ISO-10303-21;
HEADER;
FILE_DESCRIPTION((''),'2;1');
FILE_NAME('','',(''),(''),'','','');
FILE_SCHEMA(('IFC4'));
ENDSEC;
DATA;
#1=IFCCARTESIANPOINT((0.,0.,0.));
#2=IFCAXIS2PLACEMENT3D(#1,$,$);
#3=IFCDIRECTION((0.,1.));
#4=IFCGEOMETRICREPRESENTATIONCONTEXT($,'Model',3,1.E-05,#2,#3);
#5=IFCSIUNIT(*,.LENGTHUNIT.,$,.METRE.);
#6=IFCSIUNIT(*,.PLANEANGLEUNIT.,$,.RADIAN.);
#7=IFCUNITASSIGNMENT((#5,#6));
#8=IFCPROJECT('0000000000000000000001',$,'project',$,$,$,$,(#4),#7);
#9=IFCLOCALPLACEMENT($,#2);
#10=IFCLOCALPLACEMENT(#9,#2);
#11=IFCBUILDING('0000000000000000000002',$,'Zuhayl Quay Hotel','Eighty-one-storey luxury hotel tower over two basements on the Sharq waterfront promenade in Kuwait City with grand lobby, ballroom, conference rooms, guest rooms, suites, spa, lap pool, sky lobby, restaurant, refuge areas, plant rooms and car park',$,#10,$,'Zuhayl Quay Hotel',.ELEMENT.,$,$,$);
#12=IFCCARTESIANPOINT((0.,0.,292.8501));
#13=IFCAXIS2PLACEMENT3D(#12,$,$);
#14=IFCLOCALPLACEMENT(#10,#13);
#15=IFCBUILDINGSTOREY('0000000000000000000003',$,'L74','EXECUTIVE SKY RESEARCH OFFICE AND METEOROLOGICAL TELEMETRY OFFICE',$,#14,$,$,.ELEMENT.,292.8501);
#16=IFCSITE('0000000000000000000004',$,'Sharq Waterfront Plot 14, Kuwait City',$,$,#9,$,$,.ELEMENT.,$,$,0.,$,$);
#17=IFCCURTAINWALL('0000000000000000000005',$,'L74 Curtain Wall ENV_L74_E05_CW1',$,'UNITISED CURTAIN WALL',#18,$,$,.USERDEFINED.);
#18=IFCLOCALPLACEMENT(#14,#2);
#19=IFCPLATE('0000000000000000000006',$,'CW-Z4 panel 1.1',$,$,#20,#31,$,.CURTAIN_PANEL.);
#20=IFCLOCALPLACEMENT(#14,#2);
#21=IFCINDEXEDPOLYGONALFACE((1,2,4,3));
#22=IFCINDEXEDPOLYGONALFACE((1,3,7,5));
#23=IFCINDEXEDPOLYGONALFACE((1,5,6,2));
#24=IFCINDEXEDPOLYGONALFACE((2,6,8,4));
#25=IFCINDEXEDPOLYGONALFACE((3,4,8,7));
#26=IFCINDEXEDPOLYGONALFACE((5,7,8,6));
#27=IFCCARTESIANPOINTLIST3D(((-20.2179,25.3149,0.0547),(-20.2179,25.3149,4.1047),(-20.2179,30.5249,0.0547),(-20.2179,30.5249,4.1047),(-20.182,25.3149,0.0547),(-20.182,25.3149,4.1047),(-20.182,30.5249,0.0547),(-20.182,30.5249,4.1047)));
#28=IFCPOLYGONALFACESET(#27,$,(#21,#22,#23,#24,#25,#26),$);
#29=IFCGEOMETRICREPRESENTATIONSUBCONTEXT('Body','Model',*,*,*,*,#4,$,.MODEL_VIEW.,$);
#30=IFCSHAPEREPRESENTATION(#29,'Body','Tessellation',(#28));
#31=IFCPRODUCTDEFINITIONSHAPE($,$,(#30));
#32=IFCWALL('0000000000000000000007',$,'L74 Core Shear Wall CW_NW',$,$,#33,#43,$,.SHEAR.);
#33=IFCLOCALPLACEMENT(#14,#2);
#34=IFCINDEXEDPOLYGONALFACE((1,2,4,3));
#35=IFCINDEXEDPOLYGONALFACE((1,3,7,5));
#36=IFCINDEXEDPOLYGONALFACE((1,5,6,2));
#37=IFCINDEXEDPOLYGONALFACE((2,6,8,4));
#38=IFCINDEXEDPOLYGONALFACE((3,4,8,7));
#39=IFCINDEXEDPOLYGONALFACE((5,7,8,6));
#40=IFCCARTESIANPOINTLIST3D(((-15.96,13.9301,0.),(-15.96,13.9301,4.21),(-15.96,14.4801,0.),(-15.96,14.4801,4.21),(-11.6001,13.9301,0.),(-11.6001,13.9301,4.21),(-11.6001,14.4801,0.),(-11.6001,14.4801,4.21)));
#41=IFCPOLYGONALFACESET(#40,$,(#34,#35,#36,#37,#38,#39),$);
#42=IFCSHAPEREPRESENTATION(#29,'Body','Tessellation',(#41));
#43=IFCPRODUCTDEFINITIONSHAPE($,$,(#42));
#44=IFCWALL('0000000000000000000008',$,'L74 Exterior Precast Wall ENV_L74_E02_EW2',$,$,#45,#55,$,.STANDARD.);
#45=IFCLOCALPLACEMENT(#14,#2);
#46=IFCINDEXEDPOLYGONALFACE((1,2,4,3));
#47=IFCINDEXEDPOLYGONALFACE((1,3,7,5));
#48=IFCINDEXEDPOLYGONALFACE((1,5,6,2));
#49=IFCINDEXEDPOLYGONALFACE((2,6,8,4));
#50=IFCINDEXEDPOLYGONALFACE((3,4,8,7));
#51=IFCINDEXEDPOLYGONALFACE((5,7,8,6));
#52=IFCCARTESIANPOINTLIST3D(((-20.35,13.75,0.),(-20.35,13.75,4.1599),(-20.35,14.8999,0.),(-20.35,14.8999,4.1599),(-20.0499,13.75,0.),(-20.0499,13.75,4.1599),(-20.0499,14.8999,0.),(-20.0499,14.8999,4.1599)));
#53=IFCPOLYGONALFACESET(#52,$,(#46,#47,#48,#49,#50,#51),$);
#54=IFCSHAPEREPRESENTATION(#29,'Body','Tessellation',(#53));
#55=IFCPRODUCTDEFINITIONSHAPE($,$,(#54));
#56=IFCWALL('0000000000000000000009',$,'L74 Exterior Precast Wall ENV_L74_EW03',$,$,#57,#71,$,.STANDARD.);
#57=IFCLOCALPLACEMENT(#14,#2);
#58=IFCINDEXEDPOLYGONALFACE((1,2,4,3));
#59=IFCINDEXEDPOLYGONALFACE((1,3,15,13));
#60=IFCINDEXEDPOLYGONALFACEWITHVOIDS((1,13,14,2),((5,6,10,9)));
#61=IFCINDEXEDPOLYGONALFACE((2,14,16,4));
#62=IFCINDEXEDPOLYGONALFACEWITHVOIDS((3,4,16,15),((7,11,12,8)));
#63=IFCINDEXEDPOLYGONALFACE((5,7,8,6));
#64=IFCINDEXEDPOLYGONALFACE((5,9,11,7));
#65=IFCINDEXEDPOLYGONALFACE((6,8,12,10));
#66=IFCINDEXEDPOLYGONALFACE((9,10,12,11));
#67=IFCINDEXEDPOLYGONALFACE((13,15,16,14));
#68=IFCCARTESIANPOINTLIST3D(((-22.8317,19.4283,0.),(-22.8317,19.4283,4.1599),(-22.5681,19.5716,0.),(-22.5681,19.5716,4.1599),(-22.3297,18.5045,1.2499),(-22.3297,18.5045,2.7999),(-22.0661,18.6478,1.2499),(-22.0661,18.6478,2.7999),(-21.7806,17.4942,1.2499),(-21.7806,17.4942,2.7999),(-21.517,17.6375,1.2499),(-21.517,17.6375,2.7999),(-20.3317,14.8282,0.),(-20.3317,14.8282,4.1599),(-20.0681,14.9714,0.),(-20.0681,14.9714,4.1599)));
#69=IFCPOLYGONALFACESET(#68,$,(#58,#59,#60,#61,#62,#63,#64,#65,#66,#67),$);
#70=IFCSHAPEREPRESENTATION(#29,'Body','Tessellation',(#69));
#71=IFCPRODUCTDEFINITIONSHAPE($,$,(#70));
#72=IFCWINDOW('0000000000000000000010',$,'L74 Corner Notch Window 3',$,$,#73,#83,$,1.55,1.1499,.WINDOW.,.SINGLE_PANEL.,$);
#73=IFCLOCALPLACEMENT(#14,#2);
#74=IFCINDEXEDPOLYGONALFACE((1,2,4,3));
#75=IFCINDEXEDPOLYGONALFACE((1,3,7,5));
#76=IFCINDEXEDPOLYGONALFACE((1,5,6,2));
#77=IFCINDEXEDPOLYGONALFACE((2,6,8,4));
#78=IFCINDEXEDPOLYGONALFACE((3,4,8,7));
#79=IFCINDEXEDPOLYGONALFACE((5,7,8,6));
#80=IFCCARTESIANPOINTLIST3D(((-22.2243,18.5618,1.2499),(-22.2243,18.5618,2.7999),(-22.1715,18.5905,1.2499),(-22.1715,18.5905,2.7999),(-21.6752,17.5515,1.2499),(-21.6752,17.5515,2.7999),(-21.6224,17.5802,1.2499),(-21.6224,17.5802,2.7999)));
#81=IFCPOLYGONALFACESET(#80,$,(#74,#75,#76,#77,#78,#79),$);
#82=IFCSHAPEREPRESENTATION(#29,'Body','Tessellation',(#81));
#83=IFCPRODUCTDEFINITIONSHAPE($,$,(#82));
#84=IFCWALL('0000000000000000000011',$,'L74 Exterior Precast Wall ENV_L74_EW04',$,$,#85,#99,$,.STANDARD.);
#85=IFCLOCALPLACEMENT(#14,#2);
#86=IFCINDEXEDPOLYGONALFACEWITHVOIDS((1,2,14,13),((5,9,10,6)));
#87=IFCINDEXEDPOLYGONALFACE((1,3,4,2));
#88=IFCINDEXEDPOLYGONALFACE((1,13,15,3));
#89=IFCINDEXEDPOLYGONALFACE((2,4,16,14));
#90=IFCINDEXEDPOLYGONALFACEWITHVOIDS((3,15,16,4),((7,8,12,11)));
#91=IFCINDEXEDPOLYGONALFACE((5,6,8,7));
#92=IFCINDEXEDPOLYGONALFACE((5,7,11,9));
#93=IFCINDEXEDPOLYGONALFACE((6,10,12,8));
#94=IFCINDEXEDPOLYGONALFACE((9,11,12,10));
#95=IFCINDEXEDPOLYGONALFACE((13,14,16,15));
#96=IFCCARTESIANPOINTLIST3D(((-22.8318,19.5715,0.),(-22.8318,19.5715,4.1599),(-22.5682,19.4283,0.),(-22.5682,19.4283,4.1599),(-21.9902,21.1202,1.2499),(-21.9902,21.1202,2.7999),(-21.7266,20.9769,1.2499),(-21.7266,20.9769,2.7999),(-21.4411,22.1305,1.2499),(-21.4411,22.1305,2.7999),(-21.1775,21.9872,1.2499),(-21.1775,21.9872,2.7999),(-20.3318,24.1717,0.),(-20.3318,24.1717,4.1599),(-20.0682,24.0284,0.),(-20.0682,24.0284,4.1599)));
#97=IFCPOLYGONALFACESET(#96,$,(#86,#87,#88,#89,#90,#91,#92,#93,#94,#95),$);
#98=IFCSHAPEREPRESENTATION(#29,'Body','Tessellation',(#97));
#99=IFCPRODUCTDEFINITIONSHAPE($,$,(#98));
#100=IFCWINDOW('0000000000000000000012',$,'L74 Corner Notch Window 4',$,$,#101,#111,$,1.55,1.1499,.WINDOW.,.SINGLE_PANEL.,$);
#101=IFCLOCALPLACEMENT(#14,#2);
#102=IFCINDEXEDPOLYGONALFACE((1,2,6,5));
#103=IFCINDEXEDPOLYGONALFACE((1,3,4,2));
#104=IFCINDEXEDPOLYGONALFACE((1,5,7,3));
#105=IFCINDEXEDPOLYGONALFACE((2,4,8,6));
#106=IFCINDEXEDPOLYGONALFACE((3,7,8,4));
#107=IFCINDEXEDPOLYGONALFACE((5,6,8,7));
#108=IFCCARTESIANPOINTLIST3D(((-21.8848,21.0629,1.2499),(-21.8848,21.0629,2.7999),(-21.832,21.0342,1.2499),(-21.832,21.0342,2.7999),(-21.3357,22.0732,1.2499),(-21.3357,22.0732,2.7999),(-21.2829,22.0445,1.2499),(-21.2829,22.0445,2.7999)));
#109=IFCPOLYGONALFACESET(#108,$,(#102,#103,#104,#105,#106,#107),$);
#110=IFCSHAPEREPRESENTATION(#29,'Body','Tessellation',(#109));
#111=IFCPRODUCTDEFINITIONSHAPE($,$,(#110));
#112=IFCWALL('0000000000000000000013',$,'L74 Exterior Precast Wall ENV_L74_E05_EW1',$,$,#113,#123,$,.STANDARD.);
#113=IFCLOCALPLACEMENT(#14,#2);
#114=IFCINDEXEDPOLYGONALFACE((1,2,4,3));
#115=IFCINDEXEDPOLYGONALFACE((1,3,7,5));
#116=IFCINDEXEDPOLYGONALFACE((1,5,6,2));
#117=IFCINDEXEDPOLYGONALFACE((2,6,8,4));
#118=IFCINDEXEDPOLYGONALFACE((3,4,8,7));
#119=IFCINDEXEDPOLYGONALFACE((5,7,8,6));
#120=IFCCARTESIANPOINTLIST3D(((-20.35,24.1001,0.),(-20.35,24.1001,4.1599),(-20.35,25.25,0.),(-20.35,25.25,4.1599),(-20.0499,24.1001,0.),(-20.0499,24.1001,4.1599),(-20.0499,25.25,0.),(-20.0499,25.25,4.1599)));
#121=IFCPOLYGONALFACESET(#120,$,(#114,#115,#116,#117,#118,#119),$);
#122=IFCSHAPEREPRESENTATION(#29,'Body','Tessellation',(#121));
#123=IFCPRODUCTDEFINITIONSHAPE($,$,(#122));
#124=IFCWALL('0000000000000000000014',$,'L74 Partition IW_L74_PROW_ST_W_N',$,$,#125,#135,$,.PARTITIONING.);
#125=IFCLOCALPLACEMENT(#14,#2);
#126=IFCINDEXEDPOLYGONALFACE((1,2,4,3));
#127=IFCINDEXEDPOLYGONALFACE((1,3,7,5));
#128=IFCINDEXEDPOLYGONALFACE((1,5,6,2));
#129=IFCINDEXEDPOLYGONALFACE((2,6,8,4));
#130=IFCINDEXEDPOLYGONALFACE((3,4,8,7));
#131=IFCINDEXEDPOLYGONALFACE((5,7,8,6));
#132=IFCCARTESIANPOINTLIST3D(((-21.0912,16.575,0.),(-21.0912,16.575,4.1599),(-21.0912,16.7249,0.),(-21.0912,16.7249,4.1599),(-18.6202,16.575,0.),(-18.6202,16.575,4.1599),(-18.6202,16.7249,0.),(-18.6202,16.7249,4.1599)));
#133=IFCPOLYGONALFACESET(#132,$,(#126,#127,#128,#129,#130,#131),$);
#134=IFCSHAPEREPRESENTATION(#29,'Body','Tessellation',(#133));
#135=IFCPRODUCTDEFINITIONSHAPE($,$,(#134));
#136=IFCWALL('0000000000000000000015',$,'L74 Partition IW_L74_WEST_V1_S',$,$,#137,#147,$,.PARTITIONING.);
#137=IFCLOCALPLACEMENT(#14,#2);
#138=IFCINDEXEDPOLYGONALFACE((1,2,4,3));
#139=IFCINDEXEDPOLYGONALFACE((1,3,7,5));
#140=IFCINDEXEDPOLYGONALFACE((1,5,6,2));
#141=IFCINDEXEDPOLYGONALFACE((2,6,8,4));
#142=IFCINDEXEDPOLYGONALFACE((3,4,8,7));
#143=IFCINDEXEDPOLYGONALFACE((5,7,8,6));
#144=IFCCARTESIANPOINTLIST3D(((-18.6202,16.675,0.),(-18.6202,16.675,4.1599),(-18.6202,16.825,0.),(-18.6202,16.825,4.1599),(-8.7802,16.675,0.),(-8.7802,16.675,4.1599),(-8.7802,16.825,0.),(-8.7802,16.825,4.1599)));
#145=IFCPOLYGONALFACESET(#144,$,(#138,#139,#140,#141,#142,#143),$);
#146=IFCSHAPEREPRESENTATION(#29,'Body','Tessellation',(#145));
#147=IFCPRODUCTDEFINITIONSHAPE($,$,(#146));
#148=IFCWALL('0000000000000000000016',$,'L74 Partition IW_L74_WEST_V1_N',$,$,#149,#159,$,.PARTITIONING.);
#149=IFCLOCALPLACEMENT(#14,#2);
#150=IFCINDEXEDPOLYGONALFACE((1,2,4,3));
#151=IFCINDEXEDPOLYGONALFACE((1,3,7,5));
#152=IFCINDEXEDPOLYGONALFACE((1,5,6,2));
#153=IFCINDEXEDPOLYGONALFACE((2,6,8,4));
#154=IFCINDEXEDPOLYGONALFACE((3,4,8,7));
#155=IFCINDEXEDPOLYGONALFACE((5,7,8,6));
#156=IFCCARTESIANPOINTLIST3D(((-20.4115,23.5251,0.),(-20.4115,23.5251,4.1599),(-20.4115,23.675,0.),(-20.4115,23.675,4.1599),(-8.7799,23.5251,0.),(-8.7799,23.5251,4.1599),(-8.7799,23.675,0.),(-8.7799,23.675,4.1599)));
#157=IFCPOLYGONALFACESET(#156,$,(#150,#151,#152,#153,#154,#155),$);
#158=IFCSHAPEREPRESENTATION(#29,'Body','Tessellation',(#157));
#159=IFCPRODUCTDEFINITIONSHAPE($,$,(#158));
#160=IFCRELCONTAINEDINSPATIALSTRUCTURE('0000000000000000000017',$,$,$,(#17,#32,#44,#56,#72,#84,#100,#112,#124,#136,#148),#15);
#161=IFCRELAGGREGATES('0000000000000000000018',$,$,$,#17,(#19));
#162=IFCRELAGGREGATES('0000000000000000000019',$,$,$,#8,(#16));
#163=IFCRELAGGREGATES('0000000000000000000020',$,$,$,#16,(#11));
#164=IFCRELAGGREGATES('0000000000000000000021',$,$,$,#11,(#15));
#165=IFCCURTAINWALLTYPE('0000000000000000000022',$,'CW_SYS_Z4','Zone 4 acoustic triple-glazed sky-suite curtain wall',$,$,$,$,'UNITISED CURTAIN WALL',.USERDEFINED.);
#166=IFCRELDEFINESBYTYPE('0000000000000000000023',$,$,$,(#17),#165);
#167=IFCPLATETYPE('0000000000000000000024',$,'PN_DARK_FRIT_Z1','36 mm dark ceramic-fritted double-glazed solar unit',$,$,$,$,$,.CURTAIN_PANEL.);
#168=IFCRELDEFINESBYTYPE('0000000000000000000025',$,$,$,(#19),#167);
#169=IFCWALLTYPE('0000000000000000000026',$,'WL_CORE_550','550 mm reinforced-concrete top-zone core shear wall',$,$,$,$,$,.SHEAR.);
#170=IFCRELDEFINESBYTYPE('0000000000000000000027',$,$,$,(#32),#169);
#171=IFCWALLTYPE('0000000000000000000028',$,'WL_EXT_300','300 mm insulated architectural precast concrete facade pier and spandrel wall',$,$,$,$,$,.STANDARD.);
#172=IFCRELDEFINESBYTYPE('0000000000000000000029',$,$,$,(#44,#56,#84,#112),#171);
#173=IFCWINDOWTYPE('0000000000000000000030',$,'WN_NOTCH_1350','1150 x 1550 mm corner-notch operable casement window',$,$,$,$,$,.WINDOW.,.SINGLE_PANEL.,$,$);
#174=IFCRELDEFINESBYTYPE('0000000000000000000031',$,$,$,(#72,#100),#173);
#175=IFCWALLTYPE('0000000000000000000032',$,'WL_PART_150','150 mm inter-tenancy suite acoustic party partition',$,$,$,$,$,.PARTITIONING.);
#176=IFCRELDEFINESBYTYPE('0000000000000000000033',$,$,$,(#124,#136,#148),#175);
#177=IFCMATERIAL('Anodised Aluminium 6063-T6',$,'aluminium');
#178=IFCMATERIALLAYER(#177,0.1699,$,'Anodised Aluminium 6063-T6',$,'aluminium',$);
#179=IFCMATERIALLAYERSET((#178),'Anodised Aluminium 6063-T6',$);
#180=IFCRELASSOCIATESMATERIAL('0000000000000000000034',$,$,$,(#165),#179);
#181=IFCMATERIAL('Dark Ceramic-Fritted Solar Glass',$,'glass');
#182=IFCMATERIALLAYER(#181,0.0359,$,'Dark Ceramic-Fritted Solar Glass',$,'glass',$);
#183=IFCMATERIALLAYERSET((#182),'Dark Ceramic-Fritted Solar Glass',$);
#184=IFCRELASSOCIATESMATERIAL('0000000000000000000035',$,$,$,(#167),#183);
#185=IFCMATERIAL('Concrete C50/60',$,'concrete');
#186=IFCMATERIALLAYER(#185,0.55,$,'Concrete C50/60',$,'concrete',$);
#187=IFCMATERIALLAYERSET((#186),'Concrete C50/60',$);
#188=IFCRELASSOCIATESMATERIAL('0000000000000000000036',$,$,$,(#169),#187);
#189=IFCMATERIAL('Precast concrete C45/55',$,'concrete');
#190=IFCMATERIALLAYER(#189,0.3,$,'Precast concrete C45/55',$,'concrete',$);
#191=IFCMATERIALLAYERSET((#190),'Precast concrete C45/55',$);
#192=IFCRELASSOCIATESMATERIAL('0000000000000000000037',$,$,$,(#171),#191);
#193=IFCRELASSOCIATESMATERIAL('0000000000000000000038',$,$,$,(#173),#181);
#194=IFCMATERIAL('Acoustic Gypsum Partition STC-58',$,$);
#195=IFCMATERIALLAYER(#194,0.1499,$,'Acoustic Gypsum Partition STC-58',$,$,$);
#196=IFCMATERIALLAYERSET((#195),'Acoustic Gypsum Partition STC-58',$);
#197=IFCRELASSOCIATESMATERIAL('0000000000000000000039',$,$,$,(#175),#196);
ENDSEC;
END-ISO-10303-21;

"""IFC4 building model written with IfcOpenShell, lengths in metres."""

from ifc_helpers import new_model, si_unit, direction, frame, frame_2d, origin, origin_2d, place, context, subcontext, project, spatial, rectangle, extrude, material, layer, layer_set, type_object, element, fill, aggregate, save


model = new_model("IFC4")

# Units and contexts
model_context = context("Model", 3, precision=1e-05, world=origin(), true_north=direction((0.0, 1.0)))
body_context = subcontext(model_context, "Body", "Model", "MODEL_VIEW")
ifc_project = project(units=[si_unit("LENGTHUNIT", "METRE"), si_unit("PLANEANGLEUNIT", "RADIAN")], contexts=[model_context])

# Site, building, storey
site_placement = place(None, origin())
site = spatial("IfcSite", under=ifc_project, at=site_placement, Name="Sharq Waterfront Plot 14, Kuwait City", CompositionType="ELEMENT", RefElevation=0.0)
building_placement = place(site_placement, origin())
building = spatial("IfcBuilding", under=site, at=building_placement, Name="Zuhayl Quay Hotel", Description="Eighty-one-storey luxury hotel tower over two basements on the Sharq waterfront promenade in Kuwait City with grand lobby, ballroom, conference rooms, guest rooms, suites, spa, lap pool, sky lobby, restaurant, refuge areas, plant rooms and car park", LongName="Zuhayl Quay Hotel", CompositionType="ELEMENT")
storey_placement = place(building_placement, frame((0.0, 0.0, 292.8501)))
storey = spatial("IfcBuildingStorey", under=building, at=storey_placement, Name="L74", Description="EXECUTIVE SKY RESEARCH OFFICE AND METEOROLOGICAL TELEMETRY OFFICE", CompositionType="ELEMENT", Elevation=292.8501)

# Curtain wall, plate
ifc_material_1 = material(Name="Anodised Aluminium 6063-T6", Category="aluminium")
ifc_layer_1 = layer(ifc_material_1, 0.1699, Name="Anodised Aluminium 6063-T6", Category="aluminium")
ifc_layer_set_1 = layer_set([ifc_layer_1], Name="Anodised Aluminium 6063-T6")
curtain_wall_type = type_object("IfcCurtainWallType", Name="CW_SYS_Z4", Description="Zone 4 acoustic triple-glazed sky-suite curtain wall", ElementType="UNITISED CURTAIN WALL", PredefinedType="USERDEFINED", material=ifc_layer_set_1)
curtain_wall_placement = place(storey_placement, origin())
curtain_wall = element("IfcCurtainWall", 1, at=curtain_wall_placement, inside=storey, type_object=curtain_wall_type, Name="L74 Curtain Wall ENV_L74_E05_CW1", ObjectType="UNITISED CURTAIN WALL", PredefinedType="USERDEFINED")
ifc_material_2 = material(Name="Dark Ceramic-Fritted Solar Glass", Category="glass")
ifc_layer_2 = layer(ifc_material_2, 0.0359, Name="Dark Ceramic-Fritted Solar Glass", Category="glass")
ifc_layer_set_2 = layer_set([ifc_layer_2], Name="Dark Ceramic-Fritted Solar Glass")
plate_type = type_object("IfcPlateType", Name="PN_DARK_FRIT_Z1", Description="36 mm dark ceramic-fritted double-glazed solar unit", PredefinedType="CURTAIN_PANEL", material=ifc_layer_set_2)
plate_placement = place(storey_placement, frame((-20.2, 27.9199, 0.0547), z_axis=(0.0, 0.0, 1.0), x_axis=(0.0, 1.0, 0.0)))
plate = element("IfcPlate", 2, at=plate_placement, type_object=plate_type, Name="CW-Z4 panel 1.1", PredefinedType="CURTAIN_PANEL", context=body_context, shape_type="SweptSolid", body=[
    extrude(rectangle(XDim=5.21, YDim=0.0359, at=origin_2d()), origin(), (0.0, 0.0, 1.0), 4.05),
])
aggregate(curtain_wall, [plate])

# Walls
ifc_material_3 = material(Name="Concrete C50/60", Category="concrete")
ifc_layer_3 = layer(ifc_material_3, 0.55, Name="Concrete C50/60", Category="concrete")
ifc_layer_set_3 = layer_set([ifc_layer_3], Name="Concrete C50/60")
wall_type_1 = type_object("IfcWallType", Name="WL_CORE_550", Description="550 mm reinforced-concrete top-zone core shear wall", PredefinedType="SHEAR", material=ifc_layer_set_3)
wall_1_placement = place(storey_placement, frame((-15.96, 14.2051, 0.0), z_axis=(0.0, 0.0, 1.0), x_axis=(1.0, 0.0, 0.0)))
element("IfcWall", 3, at=wall_1_placement, inside=storey, type_object=wall_type_1, Name="L74 Core Shear Wall CW_NW", PredefinedType="SHEAR", context=body_context, shape_type="SweptSolid", body=[
    extrude(rectangle(XDim=4.3599, YDim=0.55, at=frame_2d((2.1799, 0.0))), origin(), (0.0, 0.0, 1.0), 4.21),
])
ifc_material_4 = material(Name="Precast concrete C45/55", Category="concrete")
ifc_layer_4 = layer(ifc_material_4, 0.3, Name="Precast concrete C45/55", Category="concrete")
ifc_layer_set_4 = layer_set([ifc_layer_4], Name="Precast concrete C45/55")
wall_type_2 = type_object("IfcWallType", Name="WL_EXT_300", Description="300 mm insulated architectural precast concrete facade pier and spandrel wall", PredefinedType="STANDARD", material=ifc_layer_set_4)
wall_2_placement = place(storey_placement, frame((-20.2, 13.75, 0.0), z_axis=(0.0, 0.0, 1.0), x_axis=(0.0, 1.0, 0.0)))
element("IfcWall", 4, at=wall_2_placement, inside=storey, type_object=wall_type_2, Name="L74 Exterior Precast Wall ENV_L74_E02_EW2", PredefinedType="STANDARD", context=body_context, shape_type="SweptSolid", body=[
    extrude(rectangle(XDim=1.1499, YDim=0.3, at=frame_2d((0.575, 0.0))), origin(), (0.0, 0.0, 1.0), 4.1599),
])

# Walls, openings, windows
wall_3_placement = place(storey_placement, frame((-20.2, 14.8999, 0.0), z_axis=(0.0, 0.0, 1.0), x_axis=(-0.477505, 0.878629, 0.0)))
wall_3 = element("IfcWall", 5, at=wall_3_placement, inside=storey, type_object=wall_type_2, Name="L74 Exterior Precast Wall ENV_L74_EW03", PredefinedType="STANDARD", context=body_context, shape_type="SweptSolid", body=[
    extrude(rectangle(XDim=5.2356, YDim=0.3, at=frame_2d((2.6177, 0.0))), origin(), (0.0, 0.0, 1.0), 4.1599),
])
opening_1_placement = place(wall_3_placement, frame((3.0342, 0.0, 1.25)))
opening_1 = element("IfcOpeningElement", 6, at=opening_1_placement, cuts=wall_3, PredefinedType="OPENING", context=body_context, shape_type="SweptSolid", body=[
    extrude(rectangle(XDim=1.1499, YDim=1.55, at=frame_2d((0.575, 0.7749))), frame((0.0, 0.1599, 0.0), z_axis=(0.0, -1.0, 0.0), x_axis=(1.0, 0.0, 0.0)), (0.0, 0.0, 1.0), 0.3201),
])
window_type = type_object("IfcWindowType", Name="WN_NOTCH_1350", Description="1150 x 1550 mm corner-notch operable casement window", PartitioningType="SINGLE_PANEL", PredefinedType="WINDOW", material=ifc_material_2)
window_1_placement = place(opening_1_placement, origin())
window_1 = element("IfcWindow", 7, at=window_1_placement, inside=storey, type_object=window_type, Name="L74 Corner Notch Window 3", OverallHeight=1.55, OverallWidth=1.1499, PartitioningType="SINGLE_PANEL", PredefinedType="WINDOW", context=body_context, shape_type="SweptSolid", body=[
    extrude(rectangle(XDim=1.1499, YDim=1.55, at=frame_2d((0.575, 0.7749))), frame((0.0, 0.03, 0.0), z_axis=(0.0, -1.0, 0.0), x_axis=(1.0, 0.0, 0.0)), (0.0, 0.0, 1.0), 0.0601),
])
fill(opening_1, window_1)
wall_4_placement = place(storey_placement, frame((-22.7, 19.5, 0.0), z_axis=(0.0, 0.0, 1.0), x_axis=(0.477505, 0.878629, 0.0)))
wall_4 = element("IfcWall", 8, at=wall_4_placement, inside=storey, type_object=wall_type_2, Name="L74 Exterior Precast Wall ENV_L74_EW04", PredefinedType="STANDARD", context=body_context, shape_type="SweptSolid", body=[
    extrude(rectangle(XDim=5.2356, YDim=0.3, at=frame_2d((2.6177, 0.0))), origin(), (0.0, 0.0, 1.0), 4.1599),
])
opening_2_placement = place(wall_4_placement, frame((1.7625, 0.0, 1.25)))
opening_2 = element("IfcOpeningElement", 9, at=opening_2_placement, cuts=wall_4, PredefinedType="OPENING", context=body_context, shape_type="SweptSolid", body=[
    extrude(rectangle(XDim=1.1499, YDim=1.55, at=frame_2d((0.575, 0.7749))), frame((0.0, 0.1599, 0.0), z_axis=(0.0, -1.0, 0.0), x_axis=(1.0, 0.0, 0.0)), (0.0, 0.0, 1.0), 0.3201),
])
window_2_placement = place(opening_2_placement, origin())
window_2 = element("IfcWindow", 10, at=window_2_placement, inside=storey, type_object=window_type, Name="L74 Corner Notch Window 4", OverallHeight=1.55, OverallWidth=1.1499, PartitioningType="SINGLE_PANEL", PredefinedType="WINDOW", context=body_context, shape_type="SweptSolid", body=[
    extrude(rectangle(XDim=1.1499, YDim=1.55, at=frame_2d((0.575, 0.7749))), frame((0.0, 0.03, 0.0), z_axis=(0.0, -1.0, 0.0), x_axis=(1.0, 0.0, 0.0)), (0.0, 0.0, 1.0), 0.0601),
])
fill(opening_2, window_2)

# Walls
wall_5_placement = place(storey_placement, frame((-20.2, 24.1001, 0.0), z_axis=(0.0, 0.0, 1.0), x_axis=(0.0, 1.0, 0.0)))
element("IfcWall", 11, at=wall_5_placement, inside=storey, type_object=wall_type_2, Name="L74 Exterior Precast Wall ENV_L74_E05_EW1", PredefinedType="STANDARD", context=body_context, shape_type="SweptSolid", body=[
    extrude(rectangle(XDim=1.1499, YDim=0.3, at=frame_2d((0.575, 0.0))), origin(), (0.0, 0.0, 1.0), 4.1599),
])
ifc_material_5 = material(Name="Acoustic Gypsum Partition STC-58")
ifc_layer_5 = layer(ifc_material_5, 0.1499, Name="Acoustic Gypsum Partition STC-58")
ifc_layer_set_5 = layer_set([ifc_layer_5], Name="Acoustic Gypsum Partition STC-58")
wall_type_3 = type_object("IfcWallType", Name="WL_PART_150", Description="150 mm inter-tenancy suite acoustic party partition", PredefinedType="PARTITIONING", material=ifc_layer_set_5)
wall_6_placement = place(storey_placement, frame((-21.0911, 16.6499, 0.0), z_axis=(0.0, 0.0, 1.0), x_axis=(1.0, 0.0, 0.0)))
element("IfcWall", 12, at=wall_6_placement, inside=storey, type_object=wall_type_3, Name="L74 Partition IW_L74_PROW_ST_W_N", PredefinedType="PARTITIONING", context=body_context, shape_type="SweptSolid", body=[
    extrude(rectangle(XDim=2.4709, YDim=0.1499, at=frame_2d((1.2354, 0.0))), origin(), (0.0, 0.0, 1.0), 4.1599),
])
wall_7_placement = place(storey_placement, frame((-18.6201, 16.75, 0.0), z_axis=(0.0, 0.0, 1.0), x_axis=(1.0, 0.0, 0.0)))
element("IfcWall", 13, at=wall_7_placement, inside=storey, type_object=wall_type_3, Name="L74 Partition IW_L74_WEST_V1_S", PredefinedType="PARTITIONING", context=body_context, shape_type="SweptSolid", body=[
    extrude(rectangle(XDim=9.8401, YDim=0.1499, at=frame_2d((4.9199, 0.0))), origin(), (0.0, 0.0, 1.0), 4.1599),
])
wall_8_placement = place(storey_placement, frame((-20.4116, 23.6001, 0.0), z_axis=(0.0, 0.0, 1.0), x_axis=(1.0, 0.0, 0.0)))
element("IfcWall", 14, at=wall_8_placement, inside=storey, type_object=wall_type_3, Name="L74 Partition IW_L74_WEST_V1_N", PredefinedType="PARTITIONING", context=body_context, shape_type="SweptSolid", body=[
    extrude(rectangle(XDim=11.6316, YDim=0.1499, at=frame_2d((5.8159, 0.0))), origin(), (0.0, 0.0, 1.0), 4.1599),
])

save(model, "model.ifc")
